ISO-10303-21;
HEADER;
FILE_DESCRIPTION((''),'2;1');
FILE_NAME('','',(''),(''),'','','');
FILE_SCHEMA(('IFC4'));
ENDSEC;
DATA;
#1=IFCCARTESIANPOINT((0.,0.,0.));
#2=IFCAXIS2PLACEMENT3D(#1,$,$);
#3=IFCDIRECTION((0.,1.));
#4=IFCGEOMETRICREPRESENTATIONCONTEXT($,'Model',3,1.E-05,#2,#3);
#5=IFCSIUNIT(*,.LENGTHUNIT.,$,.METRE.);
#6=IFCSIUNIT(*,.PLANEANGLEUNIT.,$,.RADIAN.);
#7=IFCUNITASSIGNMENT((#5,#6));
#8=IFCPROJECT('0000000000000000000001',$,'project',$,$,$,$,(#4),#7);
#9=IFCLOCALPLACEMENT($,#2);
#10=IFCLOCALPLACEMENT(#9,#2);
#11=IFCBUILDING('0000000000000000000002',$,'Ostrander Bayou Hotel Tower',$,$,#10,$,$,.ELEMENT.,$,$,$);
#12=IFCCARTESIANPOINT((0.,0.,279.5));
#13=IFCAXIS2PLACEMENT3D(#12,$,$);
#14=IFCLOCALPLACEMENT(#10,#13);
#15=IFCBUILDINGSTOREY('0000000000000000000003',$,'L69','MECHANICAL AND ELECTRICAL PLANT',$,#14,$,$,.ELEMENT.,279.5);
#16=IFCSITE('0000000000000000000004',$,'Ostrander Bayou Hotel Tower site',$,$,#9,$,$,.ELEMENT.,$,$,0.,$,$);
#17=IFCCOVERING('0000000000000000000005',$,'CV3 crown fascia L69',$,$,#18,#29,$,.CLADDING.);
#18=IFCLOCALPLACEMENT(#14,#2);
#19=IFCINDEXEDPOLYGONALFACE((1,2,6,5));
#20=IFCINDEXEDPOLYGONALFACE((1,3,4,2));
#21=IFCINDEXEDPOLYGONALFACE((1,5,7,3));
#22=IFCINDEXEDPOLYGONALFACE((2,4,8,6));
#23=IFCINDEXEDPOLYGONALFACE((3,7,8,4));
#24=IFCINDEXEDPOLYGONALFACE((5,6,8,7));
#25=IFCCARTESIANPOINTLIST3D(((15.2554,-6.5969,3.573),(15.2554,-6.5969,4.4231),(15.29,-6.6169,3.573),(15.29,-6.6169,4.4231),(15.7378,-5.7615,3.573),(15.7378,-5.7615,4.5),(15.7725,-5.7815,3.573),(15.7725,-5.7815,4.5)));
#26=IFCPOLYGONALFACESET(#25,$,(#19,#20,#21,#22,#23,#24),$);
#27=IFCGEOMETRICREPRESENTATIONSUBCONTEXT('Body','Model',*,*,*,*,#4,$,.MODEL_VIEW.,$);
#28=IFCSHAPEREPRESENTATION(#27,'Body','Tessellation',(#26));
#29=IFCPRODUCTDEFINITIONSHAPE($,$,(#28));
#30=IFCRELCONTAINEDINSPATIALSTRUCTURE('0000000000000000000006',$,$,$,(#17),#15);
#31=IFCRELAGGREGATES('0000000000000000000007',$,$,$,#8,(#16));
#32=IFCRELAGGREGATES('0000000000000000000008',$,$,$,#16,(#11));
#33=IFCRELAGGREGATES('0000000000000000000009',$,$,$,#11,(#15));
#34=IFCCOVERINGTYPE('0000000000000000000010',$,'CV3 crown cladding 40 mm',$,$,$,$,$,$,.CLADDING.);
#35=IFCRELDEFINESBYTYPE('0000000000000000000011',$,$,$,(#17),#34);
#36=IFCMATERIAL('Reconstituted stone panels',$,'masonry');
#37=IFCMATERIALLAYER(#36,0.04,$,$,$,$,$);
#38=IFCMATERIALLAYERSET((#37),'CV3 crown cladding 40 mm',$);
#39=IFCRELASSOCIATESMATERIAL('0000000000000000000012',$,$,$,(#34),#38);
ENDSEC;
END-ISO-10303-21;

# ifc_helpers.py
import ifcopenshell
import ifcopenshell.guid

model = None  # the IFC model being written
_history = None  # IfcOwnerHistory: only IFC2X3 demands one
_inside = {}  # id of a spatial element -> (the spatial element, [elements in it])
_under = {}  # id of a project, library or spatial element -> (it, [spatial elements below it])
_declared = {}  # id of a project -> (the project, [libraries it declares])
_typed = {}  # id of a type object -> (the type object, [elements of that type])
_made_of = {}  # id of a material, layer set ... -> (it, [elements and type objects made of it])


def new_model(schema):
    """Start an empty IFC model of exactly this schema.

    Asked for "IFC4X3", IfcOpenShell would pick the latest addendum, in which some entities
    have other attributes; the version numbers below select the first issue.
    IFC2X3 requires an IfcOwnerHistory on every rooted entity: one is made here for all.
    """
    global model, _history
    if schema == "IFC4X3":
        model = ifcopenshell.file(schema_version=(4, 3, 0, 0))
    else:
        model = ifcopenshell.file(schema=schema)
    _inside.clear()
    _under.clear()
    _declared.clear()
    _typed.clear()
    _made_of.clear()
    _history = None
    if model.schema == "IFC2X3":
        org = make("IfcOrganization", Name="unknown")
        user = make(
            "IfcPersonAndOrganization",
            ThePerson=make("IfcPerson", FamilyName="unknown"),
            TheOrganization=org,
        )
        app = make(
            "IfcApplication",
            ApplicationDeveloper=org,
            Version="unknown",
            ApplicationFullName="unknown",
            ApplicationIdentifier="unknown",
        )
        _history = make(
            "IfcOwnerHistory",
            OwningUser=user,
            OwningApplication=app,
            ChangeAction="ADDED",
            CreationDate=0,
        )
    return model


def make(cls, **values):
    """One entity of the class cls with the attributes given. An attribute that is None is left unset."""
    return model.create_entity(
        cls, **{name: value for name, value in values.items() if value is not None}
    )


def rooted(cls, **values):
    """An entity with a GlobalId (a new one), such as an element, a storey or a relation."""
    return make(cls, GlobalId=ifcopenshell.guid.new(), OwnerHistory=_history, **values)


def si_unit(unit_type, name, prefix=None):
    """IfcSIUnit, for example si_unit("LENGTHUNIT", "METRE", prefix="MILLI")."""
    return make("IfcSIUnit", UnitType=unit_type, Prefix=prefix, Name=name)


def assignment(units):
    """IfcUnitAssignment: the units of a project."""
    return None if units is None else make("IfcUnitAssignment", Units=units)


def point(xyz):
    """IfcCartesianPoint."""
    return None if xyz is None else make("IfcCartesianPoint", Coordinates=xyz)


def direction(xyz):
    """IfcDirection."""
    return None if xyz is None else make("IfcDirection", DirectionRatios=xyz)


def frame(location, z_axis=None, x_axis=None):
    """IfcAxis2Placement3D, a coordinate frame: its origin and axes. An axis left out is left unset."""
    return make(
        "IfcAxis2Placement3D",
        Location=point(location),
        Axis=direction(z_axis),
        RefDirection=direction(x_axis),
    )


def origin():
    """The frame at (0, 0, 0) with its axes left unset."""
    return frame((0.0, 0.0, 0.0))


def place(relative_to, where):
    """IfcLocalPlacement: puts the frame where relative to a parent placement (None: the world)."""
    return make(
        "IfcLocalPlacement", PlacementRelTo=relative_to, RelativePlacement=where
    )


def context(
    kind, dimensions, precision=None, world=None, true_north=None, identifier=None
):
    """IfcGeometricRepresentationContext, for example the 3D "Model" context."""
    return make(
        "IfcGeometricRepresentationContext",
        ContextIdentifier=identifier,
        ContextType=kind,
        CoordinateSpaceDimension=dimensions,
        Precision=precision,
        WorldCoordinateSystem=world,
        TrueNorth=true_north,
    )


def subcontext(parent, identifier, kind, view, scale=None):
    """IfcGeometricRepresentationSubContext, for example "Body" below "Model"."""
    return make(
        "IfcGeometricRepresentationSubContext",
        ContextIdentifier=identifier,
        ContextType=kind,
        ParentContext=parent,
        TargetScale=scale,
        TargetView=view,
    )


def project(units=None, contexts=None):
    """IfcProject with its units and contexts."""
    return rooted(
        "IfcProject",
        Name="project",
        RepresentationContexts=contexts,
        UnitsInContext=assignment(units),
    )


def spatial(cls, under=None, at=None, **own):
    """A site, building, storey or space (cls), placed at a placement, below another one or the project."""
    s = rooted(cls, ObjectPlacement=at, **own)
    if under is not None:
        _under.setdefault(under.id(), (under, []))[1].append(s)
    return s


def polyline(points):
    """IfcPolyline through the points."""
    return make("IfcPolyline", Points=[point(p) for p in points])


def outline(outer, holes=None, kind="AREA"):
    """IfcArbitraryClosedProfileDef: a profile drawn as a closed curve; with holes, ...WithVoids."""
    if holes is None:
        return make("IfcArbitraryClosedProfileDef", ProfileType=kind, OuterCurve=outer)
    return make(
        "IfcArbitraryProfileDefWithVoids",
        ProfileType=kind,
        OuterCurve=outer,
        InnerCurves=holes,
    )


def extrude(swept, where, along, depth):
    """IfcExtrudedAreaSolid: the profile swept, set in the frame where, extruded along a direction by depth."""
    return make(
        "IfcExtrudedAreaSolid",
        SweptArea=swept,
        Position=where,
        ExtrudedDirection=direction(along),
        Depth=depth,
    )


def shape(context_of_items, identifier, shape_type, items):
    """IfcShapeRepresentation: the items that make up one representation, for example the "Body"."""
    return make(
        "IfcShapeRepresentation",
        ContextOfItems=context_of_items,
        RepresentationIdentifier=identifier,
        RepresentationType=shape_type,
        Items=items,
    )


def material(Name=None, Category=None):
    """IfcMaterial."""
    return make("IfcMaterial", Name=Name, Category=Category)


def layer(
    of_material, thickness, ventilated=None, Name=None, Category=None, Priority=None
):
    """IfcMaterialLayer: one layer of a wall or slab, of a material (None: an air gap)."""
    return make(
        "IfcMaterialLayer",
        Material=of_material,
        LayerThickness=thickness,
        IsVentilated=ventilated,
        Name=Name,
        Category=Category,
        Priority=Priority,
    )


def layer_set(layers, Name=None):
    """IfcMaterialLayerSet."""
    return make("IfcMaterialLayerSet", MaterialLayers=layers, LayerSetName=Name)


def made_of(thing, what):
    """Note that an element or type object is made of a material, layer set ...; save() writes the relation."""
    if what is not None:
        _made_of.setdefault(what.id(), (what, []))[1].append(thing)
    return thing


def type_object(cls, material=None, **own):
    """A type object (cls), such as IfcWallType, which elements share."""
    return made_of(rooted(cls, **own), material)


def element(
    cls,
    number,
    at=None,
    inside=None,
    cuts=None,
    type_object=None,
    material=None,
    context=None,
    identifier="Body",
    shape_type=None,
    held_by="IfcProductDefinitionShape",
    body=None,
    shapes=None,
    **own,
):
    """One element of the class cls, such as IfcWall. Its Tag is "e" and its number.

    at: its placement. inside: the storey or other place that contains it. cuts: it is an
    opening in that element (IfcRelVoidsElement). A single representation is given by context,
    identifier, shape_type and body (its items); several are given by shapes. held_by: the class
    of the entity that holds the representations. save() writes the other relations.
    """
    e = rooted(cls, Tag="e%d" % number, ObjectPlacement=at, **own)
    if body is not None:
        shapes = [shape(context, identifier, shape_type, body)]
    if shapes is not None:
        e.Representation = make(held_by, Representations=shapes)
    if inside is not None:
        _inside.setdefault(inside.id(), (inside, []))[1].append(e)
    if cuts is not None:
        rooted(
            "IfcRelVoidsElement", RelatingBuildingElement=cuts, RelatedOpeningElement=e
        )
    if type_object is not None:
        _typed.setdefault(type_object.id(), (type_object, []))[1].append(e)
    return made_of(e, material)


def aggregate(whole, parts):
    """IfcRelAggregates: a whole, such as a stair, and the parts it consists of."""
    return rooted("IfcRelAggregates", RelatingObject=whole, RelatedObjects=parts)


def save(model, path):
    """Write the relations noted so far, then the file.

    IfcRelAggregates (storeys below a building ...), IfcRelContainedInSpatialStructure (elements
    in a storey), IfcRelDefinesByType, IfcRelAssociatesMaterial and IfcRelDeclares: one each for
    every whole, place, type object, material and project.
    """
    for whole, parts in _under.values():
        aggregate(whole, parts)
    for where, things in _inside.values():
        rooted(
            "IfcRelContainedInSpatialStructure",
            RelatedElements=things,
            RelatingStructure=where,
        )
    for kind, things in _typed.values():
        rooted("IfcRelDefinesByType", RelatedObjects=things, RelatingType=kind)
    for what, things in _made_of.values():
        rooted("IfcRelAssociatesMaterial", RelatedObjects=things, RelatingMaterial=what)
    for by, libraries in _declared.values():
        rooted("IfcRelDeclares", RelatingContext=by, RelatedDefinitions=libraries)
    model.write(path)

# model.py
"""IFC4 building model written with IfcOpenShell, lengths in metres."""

from ifc_helpers import new_model, si_unit, direction, frame, origin, place, context, subcontext, project, spatial, polyline, outline, extrude, material, layer, layer_set, type_object, element, save


model = new_model("IFC4")

# Units and contexts
model_context = context("Model", 3, precision=1e-05, world=origin(), true_north=direction((0.0, 1.0)))
body_context = subcontext(model_context, "Body", "Model", "MODEL_VIEW")
ifc_project = project(units=[si_unit("LENGTHUNIT", "METRE"), si_unit("PLANEANGLEUNIT", "RADIAN")], contexts=[model_context])

# Site, building, storey
site_placement = place(None, origin())
site = spatial("IfcSite", under=ifc_project, at=site_placement, Name="Ostrander Bayou Hotel Tower site", CompositionType="ELEMENT", RefElevation=0.0)
building_placement = place(site_placement, origin())
building = spatial("IfcBuilding", under=site, at=building_placement, Name="Ostrander Bayou Hotel Tower", CompositionType="ELEMENT")
storey_placement = place(building_placement, frame((0.0, 0.0, 279.5)))
storey = spatial("IfcBuildingStorey", under=building, at=storey_placement, Name="L69", Description="MECHANICAL AND ELECTRICAL PLANT", CompositionType="ELEMENT", Elevation=279.5)

# Covering
ifc_material_1 = material(Name="Reconstituted stone panels", Category="masonry")
ifc_layer_1 = layer(ifc_material_1, 0.04)
ifc_layer_set_1 = layer_set([ifc_layer_1], Name="CV3 crown cladding 40 mm")
covering_type = type_object("IfcCoveringType", Name="CV3 crown cladding 40 mm", PredefinedType="CLADDING", material=ifc_layer_set_1)
covering_1_placement = place(storey_placement, frame((15.29, -6.6169, 3.573), z_axis=(0.865992, -0.500058, 0.0), x_axis=(0.500058, 0.865992, 0.0)))
element("IfcCovering", 1, at=covering_1_placement, inside=storey, type_object=covering_type, Name="CV3 crown fascia L69", PredefinedType="CLADDING", context=body_context, shape_type="SweptSolid", body=[
    extrude(outline(polyline([(0.0, 0.0), (0.9647, 0.0), (0.9647, 0.927), (0.0, 0.8501), (0.0, 0.0)])), origin(), (0.0, 0.0, -1.0), 0.04),
])

save(model, "model.ifc")
